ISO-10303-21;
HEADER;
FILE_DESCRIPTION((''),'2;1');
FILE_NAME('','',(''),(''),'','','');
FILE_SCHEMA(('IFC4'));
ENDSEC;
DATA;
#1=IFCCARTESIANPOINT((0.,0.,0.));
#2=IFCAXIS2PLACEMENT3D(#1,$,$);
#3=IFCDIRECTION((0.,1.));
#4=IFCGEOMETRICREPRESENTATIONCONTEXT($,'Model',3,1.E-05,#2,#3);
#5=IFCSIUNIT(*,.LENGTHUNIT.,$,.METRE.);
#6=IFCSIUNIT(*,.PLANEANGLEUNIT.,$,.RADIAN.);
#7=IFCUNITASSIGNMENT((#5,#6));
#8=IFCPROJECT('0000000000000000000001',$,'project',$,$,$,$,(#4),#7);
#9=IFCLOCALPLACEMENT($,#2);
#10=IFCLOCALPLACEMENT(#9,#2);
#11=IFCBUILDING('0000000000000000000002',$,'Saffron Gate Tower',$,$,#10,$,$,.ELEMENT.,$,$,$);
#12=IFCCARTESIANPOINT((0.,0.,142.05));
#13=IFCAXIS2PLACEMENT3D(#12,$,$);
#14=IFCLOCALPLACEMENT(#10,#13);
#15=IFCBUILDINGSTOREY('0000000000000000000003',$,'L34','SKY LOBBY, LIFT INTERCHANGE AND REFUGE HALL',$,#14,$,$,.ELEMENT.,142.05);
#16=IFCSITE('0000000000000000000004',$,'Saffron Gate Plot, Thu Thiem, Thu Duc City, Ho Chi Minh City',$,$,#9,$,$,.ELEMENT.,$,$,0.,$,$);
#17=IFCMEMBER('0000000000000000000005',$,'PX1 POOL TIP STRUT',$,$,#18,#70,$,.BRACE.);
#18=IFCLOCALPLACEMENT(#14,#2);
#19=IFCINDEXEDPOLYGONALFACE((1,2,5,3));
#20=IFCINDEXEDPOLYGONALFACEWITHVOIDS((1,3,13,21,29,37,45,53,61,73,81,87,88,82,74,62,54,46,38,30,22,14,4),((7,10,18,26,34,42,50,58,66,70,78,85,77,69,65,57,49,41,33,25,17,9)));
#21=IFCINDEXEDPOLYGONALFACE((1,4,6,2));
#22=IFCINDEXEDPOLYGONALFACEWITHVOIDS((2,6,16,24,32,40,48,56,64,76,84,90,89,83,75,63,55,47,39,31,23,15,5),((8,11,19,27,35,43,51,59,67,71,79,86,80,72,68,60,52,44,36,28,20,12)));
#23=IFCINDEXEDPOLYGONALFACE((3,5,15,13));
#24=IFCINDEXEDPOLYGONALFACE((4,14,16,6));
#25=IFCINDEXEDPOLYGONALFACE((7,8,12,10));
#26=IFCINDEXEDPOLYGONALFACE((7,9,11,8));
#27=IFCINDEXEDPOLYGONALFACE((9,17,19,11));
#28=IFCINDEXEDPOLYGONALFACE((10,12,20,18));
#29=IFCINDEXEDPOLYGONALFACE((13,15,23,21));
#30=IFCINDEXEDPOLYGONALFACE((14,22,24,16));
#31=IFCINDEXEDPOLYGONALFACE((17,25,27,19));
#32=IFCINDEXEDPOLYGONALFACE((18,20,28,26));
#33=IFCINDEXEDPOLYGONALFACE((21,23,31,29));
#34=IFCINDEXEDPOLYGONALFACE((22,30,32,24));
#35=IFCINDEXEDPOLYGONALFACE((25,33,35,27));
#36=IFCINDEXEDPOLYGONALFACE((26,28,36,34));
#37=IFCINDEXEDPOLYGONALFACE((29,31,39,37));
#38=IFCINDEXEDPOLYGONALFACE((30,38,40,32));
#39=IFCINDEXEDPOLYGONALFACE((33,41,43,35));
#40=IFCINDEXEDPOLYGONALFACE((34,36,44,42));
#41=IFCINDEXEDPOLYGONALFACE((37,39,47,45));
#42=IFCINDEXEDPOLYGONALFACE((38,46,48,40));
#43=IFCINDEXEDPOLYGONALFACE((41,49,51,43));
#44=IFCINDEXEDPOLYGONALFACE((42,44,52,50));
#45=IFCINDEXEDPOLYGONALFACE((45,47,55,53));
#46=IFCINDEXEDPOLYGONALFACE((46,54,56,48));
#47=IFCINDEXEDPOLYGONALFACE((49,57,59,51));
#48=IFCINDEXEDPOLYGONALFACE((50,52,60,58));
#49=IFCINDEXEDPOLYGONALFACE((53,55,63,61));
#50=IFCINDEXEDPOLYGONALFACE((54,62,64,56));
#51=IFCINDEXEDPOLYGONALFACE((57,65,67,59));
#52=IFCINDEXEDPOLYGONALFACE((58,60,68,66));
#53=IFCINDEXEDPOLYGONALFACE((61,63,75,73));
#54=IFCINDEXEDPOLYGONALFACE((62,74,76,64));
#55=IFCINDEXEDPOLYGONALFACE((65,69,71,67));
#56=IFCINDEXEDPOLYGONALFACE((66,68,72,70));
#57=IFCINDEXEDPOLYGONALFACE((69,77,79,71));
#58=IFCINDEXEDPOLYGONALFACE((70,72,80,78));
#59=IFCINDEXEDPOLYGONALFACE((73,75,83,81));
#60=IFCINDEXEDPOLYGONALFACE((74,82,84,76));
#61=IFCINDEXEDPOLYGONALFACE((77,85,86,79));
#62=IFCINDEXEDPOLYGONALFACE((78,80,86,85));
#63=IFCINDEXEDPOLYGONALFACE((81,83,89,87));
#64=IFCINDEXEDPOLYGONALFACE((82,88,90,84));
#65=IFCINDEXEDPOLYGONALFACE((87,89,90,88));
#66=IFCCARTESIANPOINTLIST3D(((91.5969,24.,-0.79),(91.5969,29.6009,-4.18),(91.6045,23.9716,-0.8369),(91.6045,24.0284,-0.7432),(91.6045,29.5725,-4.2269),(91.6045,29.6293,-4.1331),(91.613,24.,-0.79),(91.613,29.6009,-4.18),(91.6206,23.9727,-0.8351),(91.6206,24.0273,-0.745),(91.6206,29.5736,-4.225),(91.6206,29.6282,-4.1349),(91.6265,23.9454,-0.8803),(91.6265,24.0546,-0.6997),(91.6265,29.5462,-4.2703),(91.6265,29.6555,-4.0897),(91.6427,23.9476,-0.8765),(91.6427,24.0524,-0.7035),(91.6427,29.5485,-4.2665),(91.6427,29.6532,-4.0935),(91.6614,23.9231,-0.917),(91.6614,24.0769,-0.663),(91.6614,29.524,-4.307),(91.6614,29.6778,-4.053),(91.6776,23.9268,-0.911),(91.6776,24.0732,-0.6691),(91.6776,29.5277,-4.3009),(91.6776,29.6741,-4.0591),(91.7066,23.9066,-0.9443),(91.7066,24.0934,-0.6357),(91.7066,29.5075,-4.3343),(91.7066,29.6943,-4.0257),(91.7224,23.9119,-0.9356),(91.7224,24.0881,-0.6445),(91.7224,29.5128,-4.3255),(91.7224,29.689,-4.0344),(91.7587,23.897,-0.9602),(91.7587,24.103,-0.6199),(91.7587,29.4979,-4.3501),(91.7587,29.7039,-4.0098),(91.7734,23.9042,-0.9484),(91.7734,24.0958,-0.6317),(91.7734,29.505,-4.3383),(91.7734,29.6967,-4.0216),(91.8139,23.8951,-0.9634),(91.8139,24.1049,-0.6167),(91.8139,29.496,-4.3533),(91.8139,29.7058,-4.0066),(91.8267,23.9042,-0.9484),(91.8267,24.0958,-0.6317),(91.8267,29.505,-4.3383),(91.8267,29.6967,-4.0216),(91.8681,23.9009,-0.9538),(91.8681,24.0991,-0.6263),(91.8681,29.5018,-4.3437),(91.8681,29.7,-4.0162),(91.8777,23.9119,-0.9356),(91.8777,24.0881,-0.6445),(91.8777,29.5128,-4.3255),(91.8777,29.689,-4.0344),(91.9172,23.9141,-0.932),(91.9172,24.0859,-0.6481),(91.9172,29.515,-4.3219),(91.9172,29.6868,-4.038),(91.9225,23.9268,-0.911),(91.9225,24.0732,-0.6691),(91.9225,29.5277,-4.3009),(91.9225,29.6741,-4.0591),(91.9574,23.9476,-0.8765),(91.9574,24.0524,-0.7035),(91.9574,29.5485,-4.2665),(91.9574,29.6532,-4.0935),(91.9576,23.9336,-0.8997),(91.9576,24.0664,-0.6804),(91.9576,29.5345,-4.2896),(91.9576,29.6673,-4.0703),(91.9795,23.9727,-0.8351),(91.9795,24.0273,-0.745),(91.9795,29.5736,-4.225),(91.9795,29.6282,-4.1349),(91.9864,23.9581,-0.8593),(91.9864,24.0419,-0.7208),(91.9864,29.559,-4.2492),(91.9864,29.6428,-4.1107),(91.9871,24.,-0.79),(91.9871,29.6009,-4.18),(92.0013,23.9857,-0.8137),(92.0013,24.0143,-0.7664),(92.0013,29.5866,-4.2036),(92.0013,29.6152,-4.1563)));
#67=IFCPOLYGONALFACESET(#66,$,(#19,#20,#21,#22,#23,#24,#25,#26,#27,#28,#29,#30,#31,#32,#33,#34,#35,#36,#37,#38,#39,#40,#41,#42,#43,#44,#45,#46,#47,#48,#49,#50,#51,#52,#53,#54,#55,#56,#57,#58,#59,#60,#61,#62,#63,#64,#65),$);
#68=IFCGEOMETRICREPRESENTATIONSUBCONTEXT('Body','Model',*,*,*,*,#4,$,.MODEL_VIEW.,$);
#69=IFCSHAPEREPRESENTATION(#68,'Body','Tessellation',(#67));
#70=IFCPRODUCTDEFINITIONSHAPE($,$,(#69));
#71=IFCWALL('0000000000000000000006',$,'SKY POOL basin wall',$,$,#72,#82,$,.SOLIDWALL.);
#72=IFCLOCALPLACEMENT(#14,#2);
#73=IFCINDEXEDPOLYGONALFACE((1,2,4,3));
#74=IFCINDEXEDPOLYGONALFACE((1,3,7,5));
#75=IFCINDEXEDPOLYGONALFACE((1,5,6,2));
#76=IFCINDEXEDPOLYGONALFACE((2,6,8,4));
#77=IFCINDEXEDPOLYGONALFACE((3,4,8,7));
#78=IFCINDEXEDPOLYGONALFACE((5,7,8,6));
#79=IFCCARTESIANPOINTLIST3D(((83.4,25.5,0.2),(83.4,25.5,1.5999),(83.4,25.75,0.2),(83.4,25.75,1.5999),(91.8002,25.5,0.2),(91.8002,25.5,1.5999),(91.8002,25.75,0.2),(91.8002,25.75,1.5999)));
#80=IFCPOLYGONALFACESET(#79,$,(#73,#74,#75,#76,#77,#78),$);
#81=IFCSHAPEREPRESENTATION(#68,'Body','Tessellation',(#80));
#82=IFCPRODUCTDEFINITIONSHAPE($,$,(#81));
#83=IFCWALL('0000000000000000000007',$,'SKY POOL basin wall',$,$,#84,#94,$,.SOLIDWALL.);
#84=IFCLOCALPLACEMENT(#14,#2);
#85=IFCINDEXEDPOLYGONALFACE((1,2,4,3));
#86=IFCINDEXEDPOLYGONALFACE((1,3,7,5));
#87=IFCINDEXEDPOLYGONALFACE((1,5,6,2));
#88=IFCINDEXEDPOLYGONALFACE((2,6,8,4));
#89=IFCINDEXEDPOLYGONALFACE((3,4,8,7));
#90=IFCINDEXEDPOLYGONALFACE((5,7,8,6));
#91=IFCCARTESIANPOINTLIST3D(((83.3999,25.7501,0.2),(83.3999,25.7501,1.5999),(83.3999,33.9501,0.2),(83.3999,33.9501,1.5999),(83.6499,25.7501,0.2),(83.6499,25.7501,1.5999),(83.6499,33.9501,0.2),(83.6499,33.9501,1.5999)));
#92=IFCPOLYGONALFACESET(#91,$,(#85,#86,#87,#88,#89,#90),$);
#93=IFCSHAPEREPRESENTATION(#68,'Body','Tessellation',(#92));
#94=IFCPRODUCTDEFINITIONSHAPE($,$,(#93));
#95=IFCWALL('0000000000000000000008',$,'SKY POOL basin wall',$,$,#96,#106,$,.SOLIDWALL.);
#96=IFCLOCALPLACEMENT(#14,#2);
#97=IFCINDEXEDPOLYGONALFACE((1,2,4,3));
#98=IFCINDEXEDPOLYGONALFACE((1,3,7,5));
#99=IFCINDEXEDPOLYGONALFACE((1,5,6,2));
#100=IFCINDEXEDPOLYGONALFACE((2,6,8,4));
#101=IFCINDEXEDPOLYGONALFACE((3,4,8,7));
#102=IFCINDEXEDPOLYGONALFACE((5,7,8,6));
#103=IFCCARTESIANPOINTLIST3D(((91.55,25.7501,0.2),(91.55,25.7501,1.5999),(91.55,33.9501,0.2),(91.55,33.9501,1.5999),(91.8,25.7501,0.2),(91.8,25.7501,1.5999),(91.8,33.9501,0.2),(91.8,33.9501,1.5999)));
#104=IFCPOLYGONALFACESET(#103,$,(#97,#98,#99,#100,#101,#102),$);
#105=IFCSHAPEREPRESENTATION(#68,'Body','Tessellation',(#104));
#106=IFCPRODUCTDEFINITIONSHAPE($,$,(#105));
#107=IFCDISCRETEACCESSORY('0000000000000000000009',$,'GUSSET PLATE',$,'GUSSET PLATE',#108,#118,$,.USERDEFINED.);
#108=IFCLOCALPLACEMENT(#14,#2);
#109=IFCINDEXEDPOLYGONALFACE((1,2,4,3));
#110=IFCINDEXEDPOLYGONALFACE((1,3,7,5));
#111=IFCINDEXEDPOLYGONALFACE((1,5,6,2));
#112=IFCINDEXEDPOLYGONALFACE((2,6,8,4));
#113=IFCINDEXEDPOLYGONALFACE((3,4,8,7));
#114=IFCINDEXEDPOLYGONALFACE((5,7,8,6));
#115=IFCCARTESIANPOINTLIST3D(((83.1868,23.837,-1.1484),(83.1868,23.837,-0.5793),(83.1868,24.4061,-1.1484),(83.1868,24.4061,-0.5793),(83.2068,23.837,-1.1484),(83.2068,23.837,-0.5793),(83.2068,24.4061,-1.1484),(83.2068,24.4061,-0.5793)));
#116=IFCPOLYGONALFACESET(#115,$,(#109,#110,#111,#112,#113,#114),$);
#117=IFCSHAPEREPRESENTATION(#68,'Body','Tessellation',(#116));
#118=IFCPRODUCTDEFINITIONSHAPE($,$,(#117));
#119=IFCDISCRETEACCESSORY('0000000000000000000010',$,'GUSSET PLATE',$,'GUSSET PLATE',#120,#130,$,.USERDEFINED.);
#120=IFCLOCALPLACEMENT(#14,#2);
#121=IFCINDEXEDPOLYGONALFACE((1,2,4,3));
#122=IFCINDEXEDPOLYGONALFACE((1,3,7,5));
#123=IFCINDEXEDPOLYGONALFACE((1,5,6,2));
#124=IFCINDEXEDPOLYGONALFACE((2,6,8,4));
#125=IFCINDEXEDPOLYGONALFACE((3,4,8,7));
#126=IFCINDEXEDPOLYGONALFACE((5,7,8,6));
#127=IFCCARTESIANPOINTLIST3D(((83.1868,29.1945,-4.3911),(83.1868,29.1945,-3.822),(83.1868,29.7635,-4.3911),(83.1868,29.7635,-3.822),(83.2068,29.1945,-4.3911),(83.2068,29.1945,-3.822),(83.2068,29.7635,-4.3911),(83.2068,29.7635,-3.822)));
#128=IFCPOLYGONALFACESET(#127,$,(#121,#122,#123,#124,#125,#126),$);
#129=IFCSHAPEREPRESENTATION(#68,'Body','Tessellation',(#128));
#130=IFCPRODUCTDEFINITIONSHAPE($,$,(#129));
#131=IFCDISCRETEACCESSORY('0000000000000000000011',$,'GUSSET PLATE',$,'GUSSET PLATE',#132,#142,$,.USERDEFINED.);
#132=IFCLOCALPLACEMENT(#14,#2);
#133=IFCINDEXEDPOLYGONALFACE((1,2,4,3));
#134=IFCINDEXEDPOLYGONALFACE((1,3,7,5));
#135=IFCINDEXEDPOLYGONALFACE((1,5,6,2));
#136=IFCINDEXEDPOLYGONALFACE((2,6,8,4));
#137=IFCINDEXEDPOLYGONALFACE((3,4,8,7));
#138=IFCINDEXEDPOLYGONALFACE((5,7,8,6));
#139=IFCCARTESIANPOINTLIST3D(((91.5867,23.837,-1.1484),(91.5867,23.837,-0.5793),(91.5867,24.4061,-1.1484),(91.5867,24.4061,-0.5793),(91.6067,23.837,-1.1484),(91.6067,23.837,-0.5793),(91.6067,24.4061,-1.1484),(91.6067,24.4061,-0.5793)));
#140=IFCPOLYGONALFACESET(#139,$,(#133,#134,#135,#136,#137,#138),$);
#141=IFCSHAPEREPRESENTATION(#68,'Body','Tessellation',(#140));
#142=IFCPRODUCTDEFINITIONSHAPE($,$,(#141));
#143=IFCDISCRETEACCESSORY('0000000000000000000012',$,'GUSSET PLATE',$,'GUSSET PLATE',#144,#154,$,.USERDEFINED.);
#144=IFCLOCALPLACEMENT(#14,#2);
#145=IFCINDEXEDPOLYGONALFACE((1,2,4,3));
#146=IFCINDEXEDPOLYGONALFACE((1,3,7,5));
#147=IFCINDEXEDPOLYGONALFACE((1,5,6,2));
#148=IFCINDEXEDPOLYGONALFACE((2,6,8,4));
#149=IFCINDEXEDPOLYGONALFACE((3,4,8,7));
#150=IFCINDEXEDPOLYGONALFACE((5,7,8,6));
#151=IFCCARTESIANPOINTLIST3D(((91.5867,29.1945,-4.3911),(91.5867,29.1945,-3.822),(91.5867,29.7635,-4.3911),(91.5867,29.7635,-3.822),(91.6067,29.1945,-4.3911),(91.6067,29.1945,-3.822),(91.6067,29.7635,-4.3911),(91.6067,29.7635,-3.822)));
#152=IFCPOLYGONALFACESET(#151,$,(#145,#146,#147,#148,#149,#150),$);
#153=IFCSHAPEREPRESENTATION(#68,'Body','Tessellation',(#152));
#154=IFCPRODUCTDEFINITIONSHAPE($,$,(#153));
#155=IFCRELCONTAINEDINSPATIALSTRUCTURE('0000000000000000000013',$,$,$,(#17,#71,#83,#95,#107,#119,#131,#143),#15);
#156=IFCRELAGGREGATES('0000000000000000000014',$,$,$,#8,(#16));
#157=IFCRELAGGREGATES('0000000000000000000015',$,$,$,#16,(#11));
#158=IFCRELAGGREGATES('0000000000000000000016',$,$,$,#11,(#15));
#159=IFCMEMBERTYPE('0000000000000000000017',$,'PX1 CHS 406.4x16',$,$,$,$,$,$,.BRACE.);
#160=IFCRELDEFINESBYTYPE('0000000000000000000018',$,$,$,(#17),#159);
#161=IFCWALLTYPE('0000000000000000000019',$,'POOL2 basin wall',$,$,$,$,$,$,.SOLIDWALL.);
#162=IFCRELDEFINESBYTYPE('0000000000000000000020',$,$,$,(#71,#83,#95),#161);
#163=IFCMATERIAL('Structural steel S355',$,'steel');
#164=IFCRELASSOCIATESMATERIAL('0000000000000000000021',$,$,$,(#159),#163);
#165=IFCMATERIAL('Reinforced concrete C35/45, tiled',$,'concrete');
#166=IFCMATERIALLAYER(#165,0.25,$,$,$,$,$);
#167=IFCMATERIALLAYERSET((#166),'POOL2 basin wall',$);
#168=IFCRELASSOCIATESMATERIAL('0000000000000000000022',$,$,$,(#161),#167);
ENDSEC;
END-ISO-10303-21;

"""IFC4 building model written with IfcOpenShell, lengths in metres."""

from ifc_helpers import new_model, si_unit, direction, frame, frame_2d, origin, origin_2d, place, context, subcontext, project, spatial, rectangle, hollow_circle, extrude, material, layer, layer_set, material_profile, profile_set, type_object, element, save


model = new_model("IFC4")

# Units and contexts
model_context = context("Model", 3, precision=1e-05, world=origin(), true_north=direction((0.0, 1.0)))
body_context = subcontext(model_context, "Body", "Model", "MODEL_VIEW")
ifc_project = project(units=[si_unit("LENGTHUNIT", "METRE"), si_unit("PLANEANGLEUNIT", "RADIAN")], contexts=[model_context])

# Site, building, storey
site_placement = place(None, origin())
site = spatial("IfcSite", under=ifc_project, at=site_placement, Name="Saffron Gate Plot, Thu Thiem, Thu Duc City, Ho Chi Minh City", CompositionType="ELEMENT", RefElevation=0.0)
building_placement = place(site_placement, origin())
building = spatial("IfcBuilding", under=site, at=building_placement, Name="Saffron Gate Tower", CompositionType="ELEMENT")
storey_placement = place(building_placement, frame((0.0, 0.0, 142.05)))
storey = spatial("IfcBuildingStorey", under=building, at=storey_placement, Name="L34", Description="SKY LOBBY, LIFT INTERCHANGE AND REFUGE HALL", CompositionType="ELEMENT", Elevation=142.05)

# Shared definitions
ifc_material_1 = material(Name="Structural steel S355", Category="steel")

# Member
ifc_material_profile_1 = material_profile(ifc_material_1, hollow_circle(Radius=0.2031, WallThickness=0.0161, at=origin_2d()))
ifc_profile_set_1 = profile_set([ifc_material_profile_1], Name="Structural steel S355")
member_type_1 = type_object("IfcMemberType", Name="PX1 CHS 406.4x16", PredefinedType="BRACE", material=ifc_profile_set_1)
for number, where, z_axis, x_axis, name in (
    (1, (91.8, 24.0, -0.79), (0.0, 0.855506, -0.517793), (-1.0, 0.0, 0.0), "PX1 POOL TIP STRUT"),
):
    element("IfcMember", number, at=place(storey_placement, frame(where, z_axis=z_axis, x_axis=x_axis)), inside=storey, type_object=member_type_1, Name=name, PredefinedType="BRACE", context=body_context, shape_type="SweptSolid", body=[
        extrude(hollow_circle(Radius=0.2031, WallThickness=0.0161, at=origin_2d()), origin(), (0.0, 0.0, 1.0), 6.5469),
    ])

# Walls
ifc_material_2 = material(Name="Reinforced concrete C35/45, tiled", Category="concrete")
ifc_layer_1 = layer(ifc_material_2, 0.25)
ifc_layer_set_1 = layer_set([ifc_layer_1], Name="POOL2 basin wall")
wall_type_1 = type_object("IfcWallType", Name="POOL2 basin wall", PredefinedType="SOLIDWALL", material=ifc_layer_set_1)
wall_1_placement = place(storey_placement, frame((83.3999, 25.625, 0.2), z_axis=(0.0, 0.0, 1.0), x_axis=(1.0, 0.0, 0.0)))
element("IfcWall", 2, at=wall_1_placement, inside=storey, type_object=wall_type_1, Name="SKY POOL basin wall", PredefinedType="SOLIDWALL", context=body_context, shape_type="SweptSolid", body=[
    extrude(rectangle(XDim=8.4001, YDim=0.25, at=frame_2d((4.2002, 0.0))), origin(), (0.0, 0.0, 1.0), 1.3999),
])
for number, where, z_axis, x_axis, name in (
    (3, (83.5249, 25.75, 0.2), (0.0, 0.0, 1.0), (0.0, 1.0, 0.0), "SKY POOL basin wall"),
    (4, (91.675, 25.75, 0.2), (0.0, 0.0, 1.0), (0.0, 1.0, 0.0), "SKY POOL basin wall"),
):
    element("IfcWall", number, at=place(storey_placement, frame(where, z_axis=z_axis, x_axis=x_axis)), inside=storey, type_object=wall_type_1, Name=name, PredefinedType="SOLIDWALL", context=body_context, shape_type="SweptSolid", body=[
        extrude(rectangle(XDim=8.2, YDim=0.25, at=frame_2d((4.1001, 0.0))), origin(), (0.0, 0.0, 1.0), 1.3999),
    ])

# Discrete accessories
for number, where, z_axis, x_axis, name in (
    (5, (83.1968, 24.1216, -1.1484), (0.0, 0.0, 1.0), (0.0, 1.0, 0.0), "GUSSET PLATE"),
    (6, (83.1968, 29.479, -4.3911), (0.0, 0.0, 1.0), (0.0, 1.0, 0.0), "GUSSET PLATE"),
    (7, (91.5967, 24.1216, -1.1484), (0.0, 0.0, 1.0), (0.0, 1.0, 0.0), "GUSSET PLATE"),
    (8, (91.5967, 29.479, -4.3911), (0.0, 0.0, 1.0), (0.0, 1.0, 0.0), "GUSSET PLATE"),
):
    element("IfcDiscreteAccessory", number, at=place(storey_placement, frame(where, z_axis=z_axis, x_axis=x_axis)), inside=storey, Name=name, ObjectType="GUSSET PLATE", PredefinedType="USERDEFINED", context=body_context, shape_type="SweptSolid", body=[
        extrude(rectangle(XDim=0.5691, YDim=0.02, at=origin_2d()), origin(), (0.0, 0.0, 1.0), 0.5691),
    ])

save(model, "model.ifc")
